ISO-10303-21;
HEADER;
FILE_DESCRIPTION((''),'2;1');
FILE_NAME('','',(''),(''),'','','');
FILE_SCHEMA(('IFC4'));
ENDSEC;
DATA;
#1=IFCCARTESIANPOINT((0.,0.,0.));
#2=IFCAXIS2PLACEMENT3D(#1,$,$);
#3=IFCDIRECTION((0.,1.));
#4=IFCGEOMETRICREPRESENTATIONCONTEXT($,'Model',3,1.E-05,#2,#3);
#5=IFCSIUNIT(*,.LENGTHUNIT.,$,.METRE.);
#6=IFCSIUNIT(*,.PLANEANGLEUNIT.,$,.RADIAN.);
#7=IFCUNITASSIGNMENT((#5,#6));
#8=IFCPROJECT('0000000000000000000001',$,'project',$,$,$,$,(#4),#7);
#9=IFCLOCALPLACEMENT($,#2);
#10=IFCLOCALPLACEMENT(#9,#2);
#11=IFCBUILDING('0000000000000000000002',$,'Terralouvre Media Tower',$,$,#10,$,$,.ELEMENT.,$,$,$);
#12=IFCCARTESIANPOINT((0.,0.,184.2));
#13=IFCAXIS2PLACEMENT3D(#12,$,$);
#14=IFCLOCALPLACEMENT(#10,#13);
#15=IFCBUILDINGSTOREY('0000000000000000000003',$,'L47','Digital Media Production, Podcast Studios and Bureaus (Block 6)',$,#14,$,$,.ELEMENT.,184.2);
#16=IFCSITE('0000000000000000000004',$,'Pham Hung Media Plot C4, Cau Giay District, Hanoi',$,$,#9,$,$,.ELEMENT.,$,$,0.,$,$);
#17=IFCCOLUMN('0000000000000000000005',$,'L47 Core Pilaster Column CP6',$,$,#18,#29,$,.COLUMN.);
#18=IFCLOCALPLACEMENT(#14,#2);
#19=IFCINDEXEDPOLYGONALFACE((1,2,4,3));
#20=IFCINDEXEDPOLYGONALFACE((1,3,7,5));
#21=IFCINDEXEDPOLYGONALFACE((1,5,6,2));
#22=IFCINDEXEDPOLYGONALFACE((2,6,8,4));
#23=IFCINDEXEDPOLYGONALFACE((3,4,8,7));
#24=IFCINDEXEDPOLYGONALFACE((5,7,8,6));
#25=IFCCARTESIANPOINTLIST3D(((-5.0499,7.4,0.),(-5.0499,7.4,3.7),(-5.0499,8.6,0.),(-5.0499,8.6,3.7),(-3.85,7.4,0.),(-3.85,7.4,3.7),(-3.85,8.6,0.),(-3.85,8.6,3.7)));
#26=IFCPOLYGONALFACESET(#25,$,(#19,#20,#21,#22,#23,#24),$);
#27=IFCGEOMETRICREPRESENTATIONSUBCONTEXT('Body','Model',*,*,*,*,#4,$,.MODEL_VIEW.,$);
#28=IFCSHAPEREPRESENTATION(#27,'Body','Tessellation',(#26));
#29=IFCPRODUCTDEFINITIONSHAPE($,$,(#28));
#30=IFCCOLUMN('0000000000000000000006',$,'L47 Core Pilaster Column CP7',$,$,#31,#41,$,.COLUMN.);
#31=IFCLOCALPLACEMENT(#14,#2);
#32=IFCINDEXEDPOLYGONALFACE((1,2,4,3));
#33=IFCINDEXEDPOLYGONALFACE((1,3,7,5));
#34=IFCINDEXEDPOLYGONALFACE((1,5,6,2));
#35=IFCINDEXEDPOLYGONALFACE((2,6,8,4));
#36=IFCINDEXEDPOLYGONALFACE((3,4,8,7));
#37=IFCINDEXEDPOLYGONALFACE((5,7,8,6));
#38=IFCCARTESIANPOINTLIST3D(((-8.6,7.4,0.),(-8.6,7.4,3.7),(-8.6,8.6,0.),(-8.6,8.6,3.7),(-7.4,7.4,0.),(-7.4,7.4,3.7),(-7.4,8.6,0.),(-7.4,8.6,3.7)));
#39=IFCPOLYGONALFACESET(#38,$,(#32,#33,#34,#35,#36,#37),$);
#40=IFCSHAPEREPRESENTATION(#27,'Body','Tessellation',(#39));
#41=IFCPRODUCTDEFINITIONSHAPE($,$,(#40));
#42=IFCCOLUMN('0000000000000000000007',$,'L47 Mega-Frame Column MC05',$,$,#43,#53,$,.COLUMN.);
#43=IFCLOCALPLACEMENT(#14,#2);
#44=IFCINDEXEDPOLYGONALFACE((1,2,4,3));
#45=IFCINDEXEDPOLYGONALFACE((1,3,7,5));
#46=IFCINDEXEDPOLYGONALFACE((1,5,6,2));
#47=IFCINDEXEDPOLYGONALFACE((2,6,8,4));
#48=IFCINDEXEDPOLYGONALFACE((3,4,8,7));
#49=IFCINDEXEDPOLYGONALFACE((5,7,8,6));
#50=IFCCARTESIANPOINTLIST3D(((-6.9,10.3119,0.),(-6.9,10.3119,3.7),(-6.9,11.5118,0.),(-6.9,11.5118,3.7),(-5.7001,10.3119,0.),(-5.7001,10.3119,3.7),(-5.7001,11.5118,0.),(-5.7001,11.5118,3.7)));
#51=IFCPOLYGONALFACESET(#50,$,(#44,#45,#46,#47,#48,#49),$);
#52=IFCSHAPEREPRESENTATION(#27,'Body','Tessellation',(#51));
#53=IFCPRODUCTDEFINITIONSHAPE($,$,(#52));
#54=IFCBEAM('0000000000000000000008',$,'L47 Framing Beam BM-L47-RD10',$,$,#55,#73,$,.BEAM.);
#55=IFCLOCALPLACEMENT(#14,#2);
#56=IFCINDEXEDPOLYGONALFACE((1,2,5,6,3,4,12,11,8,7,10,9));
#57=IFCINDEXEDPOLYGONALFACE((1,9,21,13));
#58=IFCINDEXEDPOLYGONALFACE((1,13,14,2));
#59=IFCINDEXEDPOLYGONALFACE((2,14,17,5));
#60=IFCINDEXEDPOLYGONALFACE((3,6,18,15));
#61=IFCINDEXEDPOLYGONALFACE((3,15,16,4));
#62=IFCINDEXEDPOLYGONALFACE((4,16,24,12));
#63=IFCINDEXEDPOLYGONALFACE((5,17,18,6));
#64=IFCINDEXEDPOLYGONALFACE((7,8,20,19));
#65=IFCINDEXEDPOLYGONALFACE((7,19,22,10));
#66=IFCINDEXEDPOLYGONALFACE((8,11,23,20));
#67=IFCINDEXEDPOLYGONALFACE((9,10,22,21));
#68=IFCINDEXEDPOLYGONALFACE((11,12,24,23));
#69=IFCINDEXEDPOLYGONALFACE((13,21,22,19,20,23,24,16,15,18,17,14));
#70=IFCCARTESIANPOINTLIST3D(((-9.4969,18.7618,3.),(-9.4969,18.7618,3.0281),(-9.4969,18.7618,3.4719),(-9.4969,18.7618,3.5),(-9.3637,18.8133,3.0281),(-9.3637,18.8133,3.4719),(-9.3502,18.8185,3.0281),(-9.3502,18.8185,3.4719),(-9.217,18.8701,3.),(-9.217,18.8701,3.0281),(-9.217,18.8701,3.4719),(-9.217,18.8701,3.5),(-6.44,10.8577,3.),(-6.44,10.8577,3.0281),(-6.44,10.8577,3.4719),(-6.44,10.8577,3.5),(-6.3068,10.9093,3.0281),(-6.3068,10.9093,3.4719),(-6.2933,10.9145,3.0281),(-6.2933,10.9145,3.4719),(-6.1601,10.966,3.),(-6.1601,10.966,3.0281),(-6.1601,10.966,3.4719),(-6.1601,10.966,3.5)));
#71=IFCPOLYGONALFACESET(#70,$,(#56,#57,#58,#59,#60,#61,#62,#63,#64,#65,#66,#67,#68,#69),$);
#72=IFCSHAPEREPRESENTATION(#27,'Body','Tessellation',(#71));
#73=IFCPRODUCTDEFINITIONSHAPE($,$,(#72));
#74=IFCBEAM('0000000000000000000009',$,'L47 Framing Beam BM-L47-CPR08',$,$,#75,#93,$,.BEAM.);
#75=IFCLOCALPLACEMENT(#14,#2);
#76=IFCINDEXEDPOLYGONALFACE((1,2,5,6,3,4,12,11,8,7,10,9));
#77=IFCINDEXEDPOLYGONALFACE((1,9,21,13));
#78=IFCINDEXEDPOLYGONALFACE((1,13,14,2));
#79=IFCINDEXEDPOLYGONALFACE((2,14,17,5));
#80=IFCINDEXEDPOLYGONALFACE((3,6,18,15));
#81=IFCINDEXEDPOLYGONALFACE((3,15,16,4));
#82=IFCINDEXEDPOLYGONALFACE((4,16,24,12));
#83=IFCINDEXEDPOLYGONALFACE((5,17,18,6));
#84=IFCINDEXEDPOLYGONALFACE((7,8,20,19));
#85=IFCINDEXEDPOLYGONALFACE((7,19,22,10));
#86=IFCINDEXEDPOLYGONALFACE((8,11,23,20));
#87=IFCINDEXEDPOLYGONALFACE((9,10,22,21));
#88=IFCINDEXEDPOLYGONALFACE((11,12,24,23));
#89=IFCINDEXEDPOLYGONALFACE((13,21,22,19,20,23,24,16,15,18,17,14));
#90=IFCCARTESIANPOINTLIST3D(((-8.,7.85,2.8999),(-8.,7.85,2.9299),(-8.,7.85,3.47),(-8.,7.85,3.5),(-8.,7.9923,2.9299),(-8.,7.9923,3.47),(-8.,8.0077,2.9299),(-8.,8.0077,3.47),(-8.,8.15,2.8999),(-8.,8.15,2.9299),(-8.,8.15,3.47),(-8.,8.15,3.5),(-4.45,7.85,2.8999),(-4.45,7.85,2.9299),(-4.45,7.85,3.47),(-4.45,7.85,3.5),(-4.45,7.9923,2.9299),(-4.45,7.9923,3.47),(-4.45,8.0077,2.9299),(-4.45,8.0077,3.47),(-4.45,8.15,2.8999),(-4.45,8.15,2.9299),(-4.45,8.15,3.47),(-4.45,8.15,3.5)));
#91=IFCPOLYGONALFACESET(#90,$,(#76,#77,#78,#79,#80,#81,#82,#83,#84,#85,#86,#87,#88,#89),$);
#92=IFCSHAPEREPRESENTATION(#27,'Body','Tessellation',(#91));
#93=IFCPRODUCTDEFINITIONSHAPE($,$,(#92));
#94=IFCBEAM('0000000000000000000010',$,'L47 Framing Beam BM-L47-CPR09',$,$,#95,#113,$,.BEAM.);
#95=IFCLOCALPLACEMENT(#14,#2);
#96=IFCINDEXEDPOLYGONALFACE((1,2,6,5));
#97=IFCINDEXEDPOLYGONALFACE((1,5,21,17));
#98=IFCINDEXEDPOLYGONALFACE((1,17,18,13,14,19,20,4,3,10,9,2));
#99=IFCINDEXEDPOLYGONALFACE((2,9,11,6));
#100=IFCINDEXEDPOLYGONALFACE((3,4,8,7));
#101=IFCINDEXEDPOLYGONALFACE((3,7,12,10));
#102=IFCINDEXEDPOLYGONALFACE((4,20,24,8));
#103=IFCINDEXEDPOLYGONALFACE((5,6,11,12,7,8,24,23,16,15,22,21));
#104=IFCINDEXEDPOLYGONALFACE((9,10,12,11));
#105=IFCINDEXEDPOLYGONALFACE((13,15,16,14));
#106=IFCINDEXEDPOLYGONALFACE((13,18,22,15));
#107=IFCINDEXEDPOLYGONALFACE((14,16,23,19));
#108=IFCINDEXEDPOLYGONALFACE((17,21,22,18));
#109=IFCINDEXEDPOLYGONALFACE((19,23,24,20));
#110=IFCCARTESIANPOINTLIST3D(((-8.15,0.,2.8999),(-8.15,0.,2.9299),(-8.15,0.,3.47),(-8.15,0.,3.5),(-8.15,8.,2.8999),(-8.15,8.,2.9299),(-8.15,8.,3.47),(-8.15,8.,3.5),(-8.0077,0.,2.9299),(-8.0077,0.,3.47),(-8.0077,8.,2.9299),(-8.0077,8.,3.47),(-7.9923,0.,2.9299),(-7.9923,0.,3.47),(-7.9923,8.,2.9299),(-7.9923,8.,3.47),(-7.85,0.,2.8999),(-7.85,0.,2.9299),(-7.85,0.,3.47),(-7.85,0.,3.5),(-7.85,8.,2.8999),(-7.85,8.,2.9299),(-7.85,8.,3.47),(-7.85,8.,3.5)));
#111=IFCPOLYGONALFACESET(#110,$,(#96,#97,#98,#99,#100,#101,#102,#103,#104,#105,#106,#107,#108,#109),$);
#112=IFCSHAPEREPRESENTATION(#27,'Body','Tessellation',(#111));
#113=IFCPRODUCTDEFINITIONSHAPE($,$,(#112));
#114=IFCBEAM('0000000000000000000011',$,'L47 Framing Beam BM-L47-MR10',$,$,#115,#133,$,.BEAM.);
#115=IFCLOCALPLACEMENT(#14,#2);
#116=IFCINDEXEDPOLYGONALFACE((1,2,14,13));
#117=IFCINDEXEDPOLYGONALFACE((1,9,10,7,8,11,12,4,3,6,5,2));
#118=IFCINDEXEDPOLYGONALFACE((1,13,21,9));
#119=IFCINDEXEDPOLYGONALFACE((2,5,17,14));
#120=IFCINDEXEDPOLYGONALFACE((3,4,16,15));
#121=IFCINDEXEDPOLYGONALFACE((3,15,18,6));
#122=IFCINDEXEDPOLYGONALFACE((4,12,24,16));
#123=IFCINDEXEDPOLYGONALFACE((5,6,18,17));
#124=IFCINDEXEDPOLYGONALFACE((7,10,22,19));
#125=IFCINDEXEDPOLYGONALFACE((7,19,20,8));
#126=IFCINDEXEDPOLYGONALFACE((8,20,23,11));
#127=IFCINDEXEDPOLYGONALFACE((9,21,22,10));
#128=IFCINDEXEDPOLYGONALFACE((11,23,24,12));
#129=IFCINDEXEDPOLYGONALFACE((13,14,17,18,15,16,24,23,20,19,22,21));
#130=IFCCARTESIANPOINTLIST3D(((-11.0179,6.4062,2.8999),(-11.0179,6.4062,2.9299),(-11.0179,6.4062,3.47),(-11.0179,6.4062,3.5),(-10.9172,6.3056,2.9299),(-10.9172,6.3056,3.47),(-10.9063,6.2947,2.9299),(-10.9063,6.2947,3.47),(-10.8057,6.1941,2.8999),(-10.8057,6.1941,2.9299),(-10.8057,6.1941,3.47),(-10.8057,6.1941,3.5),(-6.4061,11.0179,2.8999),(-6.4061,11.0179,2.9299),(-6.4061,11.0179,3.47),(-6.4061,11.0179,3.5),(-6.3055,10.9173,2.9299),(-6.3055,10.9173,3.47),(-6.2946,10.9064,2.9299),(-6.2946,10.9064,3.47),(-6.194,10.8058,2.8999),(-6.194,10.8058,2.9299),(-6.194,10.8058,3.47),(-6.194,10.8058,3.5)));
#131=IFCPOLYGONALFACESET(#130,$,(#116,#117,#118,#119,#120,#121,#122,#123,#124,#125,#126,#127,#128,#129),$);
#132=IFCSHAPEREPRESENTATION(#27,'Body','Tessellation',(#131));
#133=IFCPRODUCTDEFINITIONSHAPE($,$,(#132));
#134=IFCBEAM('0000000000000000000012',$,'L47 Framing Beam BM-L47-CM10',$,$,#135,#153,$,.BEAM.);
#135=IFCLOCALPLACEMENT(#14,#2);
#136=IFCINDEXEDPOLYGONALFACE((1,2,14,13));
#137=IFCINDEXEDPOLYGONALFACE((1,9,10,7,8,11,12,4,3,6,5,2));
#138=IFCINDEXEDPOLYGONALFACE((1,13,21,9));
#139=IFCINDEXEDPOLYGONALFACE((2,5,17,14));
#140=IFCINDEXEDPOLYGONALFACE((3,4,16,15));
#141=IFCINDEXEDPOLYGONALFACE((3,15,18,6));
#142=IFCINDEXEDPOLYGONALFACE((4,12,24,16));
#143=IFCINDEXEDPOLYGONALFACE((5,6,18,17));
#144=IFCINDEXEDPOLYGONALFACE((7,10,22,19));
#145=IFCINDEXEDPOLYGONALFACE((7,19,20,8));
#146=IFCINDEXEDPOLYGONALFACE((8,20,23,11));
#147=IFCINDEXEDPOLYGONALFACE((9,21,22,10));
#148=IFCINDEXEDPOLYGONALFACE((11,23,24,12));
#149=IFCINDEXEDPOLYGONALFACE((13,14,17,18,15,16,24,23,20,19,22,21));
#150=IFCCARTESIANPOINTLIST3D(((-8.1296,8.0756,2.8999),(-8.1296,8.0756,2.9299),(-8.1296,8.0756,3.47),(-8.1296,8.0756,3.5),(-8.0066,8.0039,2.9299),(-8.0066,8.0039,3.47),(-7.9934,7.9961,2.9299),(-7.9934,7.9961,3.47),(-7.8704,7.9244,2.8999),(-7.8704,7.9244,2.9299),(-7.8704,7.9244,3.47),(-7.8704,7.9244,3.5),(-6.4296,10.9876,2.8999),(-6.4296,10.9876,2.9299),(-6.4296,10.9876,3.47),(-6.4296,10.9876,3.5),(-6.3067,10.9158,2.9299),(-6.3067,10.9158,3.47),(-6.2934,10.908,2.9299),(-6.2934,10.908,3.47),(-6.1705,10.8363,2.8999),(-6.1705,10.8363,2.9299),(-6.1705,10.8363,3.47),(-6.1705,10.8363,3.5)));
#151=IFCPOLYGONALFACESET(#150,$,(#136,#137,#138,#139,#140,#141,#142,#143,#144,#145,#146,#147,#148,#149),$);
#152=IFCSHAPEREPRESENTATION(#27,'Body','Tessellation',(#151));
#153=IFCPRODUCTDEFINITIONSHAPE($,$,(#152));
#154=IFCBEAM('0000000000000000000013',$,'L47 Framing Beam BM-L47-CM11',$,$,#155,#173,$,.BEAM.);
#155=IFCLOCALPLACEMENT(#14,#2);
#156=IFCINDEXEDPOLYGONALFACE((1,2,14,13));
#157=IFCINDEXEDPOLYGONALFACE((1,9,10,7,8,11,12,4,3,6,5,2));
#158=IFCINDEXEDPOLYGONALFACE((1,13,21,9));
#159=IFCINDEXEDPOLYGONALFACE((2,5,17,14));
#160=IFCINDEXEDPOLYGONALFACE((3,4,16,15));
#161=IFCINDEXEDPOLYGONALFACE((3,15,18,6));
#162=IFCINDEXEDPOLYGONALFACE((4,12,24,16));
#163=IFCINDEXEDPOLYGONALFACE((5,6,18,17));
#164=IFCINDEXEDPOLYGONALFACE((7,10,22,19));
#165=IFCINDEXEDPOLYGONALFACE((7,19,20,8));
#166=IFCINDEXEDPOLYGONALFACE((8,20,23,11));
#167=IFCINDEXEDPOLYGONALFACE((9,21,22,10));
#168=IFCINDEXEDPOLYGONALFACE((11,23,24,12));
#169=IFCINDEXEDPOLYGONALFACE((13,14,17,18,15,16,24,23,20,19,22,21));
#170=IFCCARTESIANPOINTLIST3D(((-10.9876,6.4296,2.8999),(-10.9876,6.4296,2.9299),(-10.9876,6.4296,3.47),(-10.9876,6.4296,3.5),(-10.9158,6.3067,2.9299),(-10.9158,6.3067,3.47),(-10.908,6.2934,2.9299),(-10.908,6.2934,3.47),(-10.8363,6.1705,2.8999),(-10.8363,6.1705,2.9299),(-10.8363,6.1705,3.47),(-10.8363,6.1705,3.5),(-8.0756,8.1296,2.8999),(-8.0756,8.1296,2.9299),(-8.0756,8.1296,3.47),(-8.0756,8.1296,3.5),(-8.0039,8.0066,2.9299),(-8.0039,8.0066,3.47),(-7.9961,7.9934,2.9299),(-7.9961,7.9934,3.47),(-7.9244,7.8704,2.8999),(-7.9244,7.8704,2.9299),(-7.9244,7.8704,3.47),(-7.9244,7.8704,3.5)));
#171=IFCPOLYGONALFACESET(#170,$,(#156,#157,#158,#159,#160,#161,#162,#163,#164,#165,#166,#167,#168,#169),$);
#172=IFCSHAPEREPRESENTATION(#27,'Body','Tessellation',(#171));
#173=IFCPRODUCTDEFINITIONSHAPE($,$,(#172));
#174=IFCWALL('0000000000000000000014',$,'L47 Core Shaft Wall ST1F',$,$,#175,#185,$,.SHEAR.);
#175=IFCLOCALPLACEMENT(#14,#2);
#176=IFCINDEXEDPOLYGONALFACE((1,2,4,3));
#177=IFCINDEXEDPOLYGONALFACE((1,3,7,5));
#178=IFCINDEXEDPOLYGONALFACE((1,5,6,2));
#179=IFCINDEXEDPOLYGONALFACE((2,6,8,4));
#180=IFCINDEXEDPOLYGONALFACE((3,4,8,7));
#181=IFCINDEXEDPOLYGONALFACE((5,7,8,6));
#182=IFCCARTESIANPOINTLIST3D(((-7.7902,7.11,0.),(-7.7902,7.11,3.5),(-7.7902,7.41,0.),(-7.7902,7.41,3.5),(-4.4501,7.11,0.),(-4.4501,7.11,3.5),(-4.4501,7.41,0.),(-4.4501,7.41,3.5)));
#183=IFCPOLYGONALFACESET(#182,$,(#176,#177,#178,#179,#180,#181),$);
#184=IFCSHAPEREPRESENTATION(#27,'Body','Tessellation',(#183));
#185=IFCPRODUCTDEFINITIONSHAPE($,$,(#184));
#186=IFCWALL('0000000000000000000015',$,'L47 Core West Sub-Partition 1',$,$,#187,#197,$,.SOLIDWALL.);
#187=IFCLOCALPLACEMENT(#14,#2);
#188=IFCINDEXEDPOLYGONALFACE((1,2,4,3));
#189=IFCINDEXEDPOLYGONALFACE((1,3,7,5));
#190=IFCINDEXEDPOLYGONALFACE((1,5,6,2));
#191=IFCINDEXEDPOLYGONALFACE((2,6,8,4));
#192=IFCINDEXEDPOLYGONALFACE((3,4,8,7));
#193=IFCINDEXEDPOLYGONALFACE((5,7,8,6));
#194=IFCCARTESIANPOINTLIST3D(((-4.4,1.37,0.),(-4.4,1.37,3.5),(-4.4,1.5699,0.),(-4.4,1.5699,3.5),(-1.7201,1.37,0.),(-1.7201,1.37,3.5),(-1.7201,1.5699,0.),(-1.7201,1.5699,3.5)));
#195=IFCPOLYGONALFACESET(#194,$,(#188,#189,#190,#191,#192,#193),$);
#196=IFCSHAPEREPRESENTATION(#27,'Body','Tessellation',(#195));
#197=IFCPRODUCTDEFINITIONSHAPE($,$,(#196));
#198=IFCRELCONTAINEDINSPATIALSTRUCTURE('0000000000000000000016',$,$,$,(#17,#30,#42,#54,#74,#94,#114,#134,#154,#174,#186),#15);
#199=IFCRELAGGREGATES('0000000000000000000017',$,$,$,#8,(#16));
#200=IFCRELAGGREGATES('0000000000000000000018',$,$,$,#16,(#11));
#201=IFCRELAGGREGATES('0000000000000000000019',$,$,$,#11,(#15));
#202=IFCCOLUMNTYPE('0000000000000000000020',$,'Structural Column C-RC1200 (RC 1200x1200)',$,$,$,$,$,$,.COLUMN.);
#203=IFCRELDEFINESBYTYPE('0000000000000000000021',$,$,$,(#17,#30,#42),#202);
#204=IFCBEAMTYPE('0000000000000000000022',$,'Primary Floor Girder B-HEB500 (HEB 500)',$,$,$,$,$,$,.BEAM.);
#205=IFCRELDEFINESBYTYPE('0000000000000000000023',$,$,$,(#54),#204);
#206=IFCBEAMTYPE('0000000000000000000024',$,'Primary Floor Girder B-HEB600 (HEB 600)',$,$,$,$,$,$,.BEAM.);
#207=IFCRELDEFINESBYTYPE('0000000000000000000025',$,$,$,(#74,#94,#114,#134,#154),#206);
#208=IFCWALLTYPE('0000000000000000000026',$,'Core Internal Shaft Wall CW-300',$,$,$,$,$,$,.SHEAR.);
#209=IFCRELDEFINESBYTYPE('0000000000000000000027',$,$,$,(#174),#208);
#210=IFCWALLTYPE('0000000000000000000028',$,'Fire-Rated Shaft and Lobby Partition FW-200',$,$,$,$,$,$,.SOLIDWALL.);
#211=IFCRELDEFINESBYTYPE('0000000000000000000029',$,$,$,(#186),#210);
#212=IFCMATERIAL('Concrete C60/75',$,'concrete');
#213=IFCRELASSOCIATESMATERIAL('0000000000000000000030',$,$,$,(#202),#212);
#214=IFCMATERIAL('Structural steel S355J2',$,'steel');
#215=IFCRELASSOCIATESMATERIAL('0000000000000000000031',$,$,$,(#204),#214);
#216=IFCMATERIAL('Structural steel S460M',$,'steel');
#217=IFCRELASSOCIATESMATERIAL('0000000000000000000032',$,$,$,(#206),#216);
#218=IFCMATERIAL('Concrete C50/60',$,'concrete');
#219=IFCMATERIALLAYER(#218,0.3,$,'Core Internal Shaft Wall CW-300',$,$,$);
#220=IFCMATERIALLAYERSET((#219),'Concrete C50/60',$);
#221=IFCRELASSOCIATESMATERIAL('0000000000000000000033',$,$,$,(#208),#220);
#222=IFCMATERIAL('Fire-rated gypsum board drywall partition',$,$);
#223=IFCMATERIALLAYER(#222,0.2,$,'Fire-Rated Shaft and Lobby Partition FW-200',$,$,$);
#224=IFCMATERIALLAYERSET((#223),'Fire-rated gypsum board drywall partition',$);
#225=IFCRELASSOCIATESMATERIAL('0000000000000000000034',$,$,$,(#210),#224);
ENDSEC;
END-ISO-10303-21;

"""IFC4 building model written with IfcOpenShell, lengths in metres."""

from ifc_helpers import new_model, si_unit, direction, frame, frame_2d, origin, origin_2d, place, context, subcontext, project, spatial, rectangle, i_section, extrude, material, layer, layer_set, material_profile, profile_set, type_object, element, save


model = new_model("IFC4")

# Units and contexts
model_context = context("Model", 3, precision=1e-05, world=origin(), true_north=direction((0.0, 1.0)))
body_context = subcontext(model_context, "Body", "Model", "MODEL_VIEW")
ifc_project = project(units=[si_unit("LENGTHUNIT", "METRE"), si_unit("PLANEANGLEUNIT", "RADIAN")], contexts=[model_context])

# Site, building, storey
site_placement = place(None, origin())
site = spatial("IfcSite", under=ifc_project, at=site_placement, Name="Pham Hung Media Plot C4, Cau Giay District, Hanoi", CompositionType="ELEMENT", RefElevation=0.0)
building_placement = place(site_placement, origin())
building = spatial("IfcBuilding", under=site, at=building_placement, Name="Terralouvre Media Tower", CompositionType="ELEMENT")
storey_placement = place(building_placement, frame((0.0, 0.0, 184.2)))
storey = spatial("IfcBuildingStorey", under=building, at=storey_placement, Name="L47", Description="Digital Media Production, Podcast Studios and Bureaus (Block 6)", CompositionType="ELEMENT", Elevation=184.2)

# Columns
ifc_material_1 = material(Name="Concrete C60/75", Category="concrete")
ifc_material_profile_1 = material_profile(ifc_material_1, rectangle(XDim=1.2, YDim=1.2, at=origin_2d()), Name="RC 1200x1200")
ifc_profile_set_1 = profile_set([ifc_material_profile_1], Name="Concrete C60/75")
column_type = type_object("IfcColumnType", Name="Structural Column C-RC1200 (RC 1200x1200)", PredefinedType="COLUMN", material=ifc_profile_set_1)
for number, where, z_axis, x_axis, name in (
    (1, (-4.45, 8.0, 0.0), (0.0, 0.0, 1.0), (1.0, 0.0, 0.0), "L47 Core Pilaster Column CP6"),
    (2, (-8.0, 8.0, 0.0), (0.0, 0.0, 1.0), (1.0, 0.0, 0.0), "L47 Core Pilaster Column CP7"),
    (3, (-6.3, 10.9119, 0.0), (0.0, 0.0, 1.0), (1.0, 0.0, 0.0), "L47 Mega-Frame Column MC05"),
):
    element("IfcColumn", number, at=place(storey_placement, frame(where, z_axis=z_axis, x_axis=x_axis)), inside=storey, type_object=column_type, Name=name, PredefinedType="COLUMN", context=body_context, shape_type="SweptSolid", body=[
        extrude(rectangle(XDim=1.2, YDim=1.2, at=origin_2d()), origin(), (0.0, 0.0, 1.0), 3.7),
    ])

# Beams
ifc_material_2 = material(Name="Structural steel S355J2", Category="steel")
ifc_material_profile_2 = material_profile(ifc_material_2, i_section(OverallWidth=0.3, OverallDepth=0.5, WebThickness=0.0144, FlangeThickness=0.0281, at=origin_2d()), Name="HEB 500")
ifc_profile_set_2 = profile_set([ifc_material_profile_2], Name="Structural steel S355J2")
beam_type_1 = type_object("IfcBeamType", Name="Primary Floor Girder B-HEB500 (HEB 500)", PredefinedType="BEAM", material=ifc_profile_set_2)
beam_1_placement = place(storey_placement, frame((-6.3, 10.9119, 3.25), z_axis=(-0.360712, 0.932677, 0.0), x_axis=(-0.932677, -0.360712, 0.0)))
element("IfcBeam", 4, at=beam_1_placement, inside=storey, type_object=beam_type_1, Name="L47 Framing Beam BM-L47-RD10", PredefinedType="BEAM", context=body_context, shape_type="SweptSolid", body=[
    extrude(i_section(OverallWidth=0.3, OverallDepth=0.5, WebThickness=0.0144, FlangeThickness=0.0281, at=origin_2d()), origin(), (0.0, 0.0, 1.0), 8.4746),
])
ifc_material_3 = material(Name="Structural steel S460M", Category="steel")
ifc_material_profile_3 = material_profile(ifc_material_3, i_section(OverallWidth=0.3, OverallDepth=0.6001, WebThickness=0.0154, FlangeThickness=0.03, at=origin_2d()), Name="HEB 600")
ifc_profile_set_3 = profile_set([ifc_material_profile_3], Name="Structural steel S460M")
beam_type_2 = type_object("IfcBeamType", Name="Primary Floor Girder B-HEB600 (HEB 600)", PredefinedType="BEAM", material=ifc_profile_set_3)
beam_2_placement = place(storey_placement, frame((-4.45, 8.0, 3.2), z_axis=(-1.0, 0.0, 0.0), x_axis=(0.0, -1.0, 0.0)))
element("IfcBeam", 5, at=beam_2_placement, inside=storey, type_object=beam_type_2, Name="L47 Framing Beam BM-L47-CPR08", PredefinedType="BEAM", context=body_context, shape_type="SweptSolid", body=[
    extrude(i_section(OverallWidth=0.3, OverallDepth=0.6001, WebThickness=0.0154, FlangeThickness=0.03, at=origin_2d()), origin(), (0.0, 0.0, 1.0), 3.55),
])
beam_3_placement = place(storey_placement, frame((-8.0, 8.0, 3.2), z_axis=(0.0, -1.0, 0.0), x_axis=(1.0, 0.0, 0.0)))
element("IfcBeam", 6, at=beam_3_placement, inside=storey, type_object=beam_type_2, Name="L47 Framing Beam BM-L47-CPR09", PredefinedType="BEAM", context=body_context, shape_type="SweptSolid", body=[
    extrude(i_section(OverallWidth=0.3, OverallDepth=0.6001, WebThickness=0.0154, FlangeThickness=0.03, at=origin_2d()), origin(), (0.0, 0.0, 1.0), 8.0),
])
beam_4_placement = place(storey_placement, frame((-6.3, 10.9119, 3.2), z_axis=(-0.707107, -0.707107, 0.0), x_axis=(0.707107, -0.707107, 0.0)))
element("IfcBeam", 7, at=beam_4_placement, inside=storey, type_object=beam_type_2, Name="L47 Framing Beam BM-L47-MR10", PredefinedType="BEAM", context=body_context, shape_type="SweptSolid", body=[
    extrude(i_section(OverallWidth=0.3, OverallDepth=0.6001, WebThickness=0.0154, FlangeThickness=0.03, at=origin_2d()), origin(), (0.0, 0.0, 1.0), 6.522),
])
for number, where, z_axis, x_axis, name in (
    (8, (-8.0, 8.0, 3.2), (0.504173, 0.863603, 0.0), (-0.863603, 0.504173, 0.0), "L47 Framing Beam BM-L47-CM10"),
    (9, (-8.0, 8.0, 3.2), (-0.863603, -0.504173, 0.0), (0.504173, -0.863603, 0.0), "L47 Framing Beam BM-L47-CM11"),
):
    element("IfcBeam", number, at=place(storey_placement, frame(where, z_axis=z_axis, x_axis=x_axis)), inside=storey, type_object=beam_type_2, Name=name, PredefinedType="BEAM", context=body_context, shape_type="SweptSolid", body=[
        extrude(i_section(OverallWidth=0.3, OverallDepth=0.6001, WebThickness=0.0154, FlangeThickness=0.03, at=origin_2d()), origin(), (0.0, 0.0, 1.0), 3.3718),
    ])

# Shared definitions
ifc_material_4 = material(Name="Concrete C50/60", Category="concrete")
ifc_layer_1 = layer(ifc_material_4, 0.3, Name="Core Internal Shaft Wall CW-300")
ifc_layer_set_1 = layer_set([ifc_layer_1], Name="Concrete C50/60")
wall_type_1 = type_object("IfcWallType", Name="Core Internal Shaft Wall CW-300", PredefinedType="SHEAR", material=ifc_layer_set_1)

# Wall
wall_1_placement = place(storey_placement, frame((-7.79, 7.26, 0.0), z_axis=(0.0, 0.0, 1.0), x_axis=(1.0, 0.0, 0.0)))
element("IfcWall", 10, at=wall_1_placement, inside=storey, type_object=wall_type_1, Name="L47 Core Shaft Wall ST1F", PredefinedType="SHEAR", context=body_context, shape_type="SweptSolid", body=[
    extrude(rectangle(XDim=3.3401, YDim=0.3, at=frame_2d((1.6699, 0.0))), origin(), (0.0, 0.0, 1.0), 3.5),
])

# Wall
ifc_material_5 = material(Name="Fire-rated gypsum board drywall partition")
ifc_layer_2 = layer(ifc_material_5, 0.2, Name="Fire-Rated Shaft and Lobby Partition FW-200")
ifc_layer_set_2 = layer_set([ifc_layer_2], Name="Fire-rated gypsum board drywall partition")
wall_type_2 = type_object("IfcWallType", Name="Fire-Rated Shaft and Lobby Partition FW-200", PredefinedType="SOLIDWALL", material=ifc_layer_set_2)
wall_2_placement = place(storey_placement, frame((-4.3999, 1.47, 0.0), z_axis=(0.0, 0.0, 1.0), x_axis=(1.0, 0.0, 0.0)))
element("IfcWall", 11, at=wall_2_placement, inside=storey, type_object=wall_type_2, Name="L47 Core West Sub-Partition 1", PredefinedType="SOLIDWALL", context=body_context, shape_type="SweptSolid", body=[
    extrude(rectangle(XDim=2.6799, YDim=0.2, at=frame_2d((1.3398, 0.0))), origin(), (0.0, 0.0, 1.0), 3.5),
])

save(model, "model.ifc")
